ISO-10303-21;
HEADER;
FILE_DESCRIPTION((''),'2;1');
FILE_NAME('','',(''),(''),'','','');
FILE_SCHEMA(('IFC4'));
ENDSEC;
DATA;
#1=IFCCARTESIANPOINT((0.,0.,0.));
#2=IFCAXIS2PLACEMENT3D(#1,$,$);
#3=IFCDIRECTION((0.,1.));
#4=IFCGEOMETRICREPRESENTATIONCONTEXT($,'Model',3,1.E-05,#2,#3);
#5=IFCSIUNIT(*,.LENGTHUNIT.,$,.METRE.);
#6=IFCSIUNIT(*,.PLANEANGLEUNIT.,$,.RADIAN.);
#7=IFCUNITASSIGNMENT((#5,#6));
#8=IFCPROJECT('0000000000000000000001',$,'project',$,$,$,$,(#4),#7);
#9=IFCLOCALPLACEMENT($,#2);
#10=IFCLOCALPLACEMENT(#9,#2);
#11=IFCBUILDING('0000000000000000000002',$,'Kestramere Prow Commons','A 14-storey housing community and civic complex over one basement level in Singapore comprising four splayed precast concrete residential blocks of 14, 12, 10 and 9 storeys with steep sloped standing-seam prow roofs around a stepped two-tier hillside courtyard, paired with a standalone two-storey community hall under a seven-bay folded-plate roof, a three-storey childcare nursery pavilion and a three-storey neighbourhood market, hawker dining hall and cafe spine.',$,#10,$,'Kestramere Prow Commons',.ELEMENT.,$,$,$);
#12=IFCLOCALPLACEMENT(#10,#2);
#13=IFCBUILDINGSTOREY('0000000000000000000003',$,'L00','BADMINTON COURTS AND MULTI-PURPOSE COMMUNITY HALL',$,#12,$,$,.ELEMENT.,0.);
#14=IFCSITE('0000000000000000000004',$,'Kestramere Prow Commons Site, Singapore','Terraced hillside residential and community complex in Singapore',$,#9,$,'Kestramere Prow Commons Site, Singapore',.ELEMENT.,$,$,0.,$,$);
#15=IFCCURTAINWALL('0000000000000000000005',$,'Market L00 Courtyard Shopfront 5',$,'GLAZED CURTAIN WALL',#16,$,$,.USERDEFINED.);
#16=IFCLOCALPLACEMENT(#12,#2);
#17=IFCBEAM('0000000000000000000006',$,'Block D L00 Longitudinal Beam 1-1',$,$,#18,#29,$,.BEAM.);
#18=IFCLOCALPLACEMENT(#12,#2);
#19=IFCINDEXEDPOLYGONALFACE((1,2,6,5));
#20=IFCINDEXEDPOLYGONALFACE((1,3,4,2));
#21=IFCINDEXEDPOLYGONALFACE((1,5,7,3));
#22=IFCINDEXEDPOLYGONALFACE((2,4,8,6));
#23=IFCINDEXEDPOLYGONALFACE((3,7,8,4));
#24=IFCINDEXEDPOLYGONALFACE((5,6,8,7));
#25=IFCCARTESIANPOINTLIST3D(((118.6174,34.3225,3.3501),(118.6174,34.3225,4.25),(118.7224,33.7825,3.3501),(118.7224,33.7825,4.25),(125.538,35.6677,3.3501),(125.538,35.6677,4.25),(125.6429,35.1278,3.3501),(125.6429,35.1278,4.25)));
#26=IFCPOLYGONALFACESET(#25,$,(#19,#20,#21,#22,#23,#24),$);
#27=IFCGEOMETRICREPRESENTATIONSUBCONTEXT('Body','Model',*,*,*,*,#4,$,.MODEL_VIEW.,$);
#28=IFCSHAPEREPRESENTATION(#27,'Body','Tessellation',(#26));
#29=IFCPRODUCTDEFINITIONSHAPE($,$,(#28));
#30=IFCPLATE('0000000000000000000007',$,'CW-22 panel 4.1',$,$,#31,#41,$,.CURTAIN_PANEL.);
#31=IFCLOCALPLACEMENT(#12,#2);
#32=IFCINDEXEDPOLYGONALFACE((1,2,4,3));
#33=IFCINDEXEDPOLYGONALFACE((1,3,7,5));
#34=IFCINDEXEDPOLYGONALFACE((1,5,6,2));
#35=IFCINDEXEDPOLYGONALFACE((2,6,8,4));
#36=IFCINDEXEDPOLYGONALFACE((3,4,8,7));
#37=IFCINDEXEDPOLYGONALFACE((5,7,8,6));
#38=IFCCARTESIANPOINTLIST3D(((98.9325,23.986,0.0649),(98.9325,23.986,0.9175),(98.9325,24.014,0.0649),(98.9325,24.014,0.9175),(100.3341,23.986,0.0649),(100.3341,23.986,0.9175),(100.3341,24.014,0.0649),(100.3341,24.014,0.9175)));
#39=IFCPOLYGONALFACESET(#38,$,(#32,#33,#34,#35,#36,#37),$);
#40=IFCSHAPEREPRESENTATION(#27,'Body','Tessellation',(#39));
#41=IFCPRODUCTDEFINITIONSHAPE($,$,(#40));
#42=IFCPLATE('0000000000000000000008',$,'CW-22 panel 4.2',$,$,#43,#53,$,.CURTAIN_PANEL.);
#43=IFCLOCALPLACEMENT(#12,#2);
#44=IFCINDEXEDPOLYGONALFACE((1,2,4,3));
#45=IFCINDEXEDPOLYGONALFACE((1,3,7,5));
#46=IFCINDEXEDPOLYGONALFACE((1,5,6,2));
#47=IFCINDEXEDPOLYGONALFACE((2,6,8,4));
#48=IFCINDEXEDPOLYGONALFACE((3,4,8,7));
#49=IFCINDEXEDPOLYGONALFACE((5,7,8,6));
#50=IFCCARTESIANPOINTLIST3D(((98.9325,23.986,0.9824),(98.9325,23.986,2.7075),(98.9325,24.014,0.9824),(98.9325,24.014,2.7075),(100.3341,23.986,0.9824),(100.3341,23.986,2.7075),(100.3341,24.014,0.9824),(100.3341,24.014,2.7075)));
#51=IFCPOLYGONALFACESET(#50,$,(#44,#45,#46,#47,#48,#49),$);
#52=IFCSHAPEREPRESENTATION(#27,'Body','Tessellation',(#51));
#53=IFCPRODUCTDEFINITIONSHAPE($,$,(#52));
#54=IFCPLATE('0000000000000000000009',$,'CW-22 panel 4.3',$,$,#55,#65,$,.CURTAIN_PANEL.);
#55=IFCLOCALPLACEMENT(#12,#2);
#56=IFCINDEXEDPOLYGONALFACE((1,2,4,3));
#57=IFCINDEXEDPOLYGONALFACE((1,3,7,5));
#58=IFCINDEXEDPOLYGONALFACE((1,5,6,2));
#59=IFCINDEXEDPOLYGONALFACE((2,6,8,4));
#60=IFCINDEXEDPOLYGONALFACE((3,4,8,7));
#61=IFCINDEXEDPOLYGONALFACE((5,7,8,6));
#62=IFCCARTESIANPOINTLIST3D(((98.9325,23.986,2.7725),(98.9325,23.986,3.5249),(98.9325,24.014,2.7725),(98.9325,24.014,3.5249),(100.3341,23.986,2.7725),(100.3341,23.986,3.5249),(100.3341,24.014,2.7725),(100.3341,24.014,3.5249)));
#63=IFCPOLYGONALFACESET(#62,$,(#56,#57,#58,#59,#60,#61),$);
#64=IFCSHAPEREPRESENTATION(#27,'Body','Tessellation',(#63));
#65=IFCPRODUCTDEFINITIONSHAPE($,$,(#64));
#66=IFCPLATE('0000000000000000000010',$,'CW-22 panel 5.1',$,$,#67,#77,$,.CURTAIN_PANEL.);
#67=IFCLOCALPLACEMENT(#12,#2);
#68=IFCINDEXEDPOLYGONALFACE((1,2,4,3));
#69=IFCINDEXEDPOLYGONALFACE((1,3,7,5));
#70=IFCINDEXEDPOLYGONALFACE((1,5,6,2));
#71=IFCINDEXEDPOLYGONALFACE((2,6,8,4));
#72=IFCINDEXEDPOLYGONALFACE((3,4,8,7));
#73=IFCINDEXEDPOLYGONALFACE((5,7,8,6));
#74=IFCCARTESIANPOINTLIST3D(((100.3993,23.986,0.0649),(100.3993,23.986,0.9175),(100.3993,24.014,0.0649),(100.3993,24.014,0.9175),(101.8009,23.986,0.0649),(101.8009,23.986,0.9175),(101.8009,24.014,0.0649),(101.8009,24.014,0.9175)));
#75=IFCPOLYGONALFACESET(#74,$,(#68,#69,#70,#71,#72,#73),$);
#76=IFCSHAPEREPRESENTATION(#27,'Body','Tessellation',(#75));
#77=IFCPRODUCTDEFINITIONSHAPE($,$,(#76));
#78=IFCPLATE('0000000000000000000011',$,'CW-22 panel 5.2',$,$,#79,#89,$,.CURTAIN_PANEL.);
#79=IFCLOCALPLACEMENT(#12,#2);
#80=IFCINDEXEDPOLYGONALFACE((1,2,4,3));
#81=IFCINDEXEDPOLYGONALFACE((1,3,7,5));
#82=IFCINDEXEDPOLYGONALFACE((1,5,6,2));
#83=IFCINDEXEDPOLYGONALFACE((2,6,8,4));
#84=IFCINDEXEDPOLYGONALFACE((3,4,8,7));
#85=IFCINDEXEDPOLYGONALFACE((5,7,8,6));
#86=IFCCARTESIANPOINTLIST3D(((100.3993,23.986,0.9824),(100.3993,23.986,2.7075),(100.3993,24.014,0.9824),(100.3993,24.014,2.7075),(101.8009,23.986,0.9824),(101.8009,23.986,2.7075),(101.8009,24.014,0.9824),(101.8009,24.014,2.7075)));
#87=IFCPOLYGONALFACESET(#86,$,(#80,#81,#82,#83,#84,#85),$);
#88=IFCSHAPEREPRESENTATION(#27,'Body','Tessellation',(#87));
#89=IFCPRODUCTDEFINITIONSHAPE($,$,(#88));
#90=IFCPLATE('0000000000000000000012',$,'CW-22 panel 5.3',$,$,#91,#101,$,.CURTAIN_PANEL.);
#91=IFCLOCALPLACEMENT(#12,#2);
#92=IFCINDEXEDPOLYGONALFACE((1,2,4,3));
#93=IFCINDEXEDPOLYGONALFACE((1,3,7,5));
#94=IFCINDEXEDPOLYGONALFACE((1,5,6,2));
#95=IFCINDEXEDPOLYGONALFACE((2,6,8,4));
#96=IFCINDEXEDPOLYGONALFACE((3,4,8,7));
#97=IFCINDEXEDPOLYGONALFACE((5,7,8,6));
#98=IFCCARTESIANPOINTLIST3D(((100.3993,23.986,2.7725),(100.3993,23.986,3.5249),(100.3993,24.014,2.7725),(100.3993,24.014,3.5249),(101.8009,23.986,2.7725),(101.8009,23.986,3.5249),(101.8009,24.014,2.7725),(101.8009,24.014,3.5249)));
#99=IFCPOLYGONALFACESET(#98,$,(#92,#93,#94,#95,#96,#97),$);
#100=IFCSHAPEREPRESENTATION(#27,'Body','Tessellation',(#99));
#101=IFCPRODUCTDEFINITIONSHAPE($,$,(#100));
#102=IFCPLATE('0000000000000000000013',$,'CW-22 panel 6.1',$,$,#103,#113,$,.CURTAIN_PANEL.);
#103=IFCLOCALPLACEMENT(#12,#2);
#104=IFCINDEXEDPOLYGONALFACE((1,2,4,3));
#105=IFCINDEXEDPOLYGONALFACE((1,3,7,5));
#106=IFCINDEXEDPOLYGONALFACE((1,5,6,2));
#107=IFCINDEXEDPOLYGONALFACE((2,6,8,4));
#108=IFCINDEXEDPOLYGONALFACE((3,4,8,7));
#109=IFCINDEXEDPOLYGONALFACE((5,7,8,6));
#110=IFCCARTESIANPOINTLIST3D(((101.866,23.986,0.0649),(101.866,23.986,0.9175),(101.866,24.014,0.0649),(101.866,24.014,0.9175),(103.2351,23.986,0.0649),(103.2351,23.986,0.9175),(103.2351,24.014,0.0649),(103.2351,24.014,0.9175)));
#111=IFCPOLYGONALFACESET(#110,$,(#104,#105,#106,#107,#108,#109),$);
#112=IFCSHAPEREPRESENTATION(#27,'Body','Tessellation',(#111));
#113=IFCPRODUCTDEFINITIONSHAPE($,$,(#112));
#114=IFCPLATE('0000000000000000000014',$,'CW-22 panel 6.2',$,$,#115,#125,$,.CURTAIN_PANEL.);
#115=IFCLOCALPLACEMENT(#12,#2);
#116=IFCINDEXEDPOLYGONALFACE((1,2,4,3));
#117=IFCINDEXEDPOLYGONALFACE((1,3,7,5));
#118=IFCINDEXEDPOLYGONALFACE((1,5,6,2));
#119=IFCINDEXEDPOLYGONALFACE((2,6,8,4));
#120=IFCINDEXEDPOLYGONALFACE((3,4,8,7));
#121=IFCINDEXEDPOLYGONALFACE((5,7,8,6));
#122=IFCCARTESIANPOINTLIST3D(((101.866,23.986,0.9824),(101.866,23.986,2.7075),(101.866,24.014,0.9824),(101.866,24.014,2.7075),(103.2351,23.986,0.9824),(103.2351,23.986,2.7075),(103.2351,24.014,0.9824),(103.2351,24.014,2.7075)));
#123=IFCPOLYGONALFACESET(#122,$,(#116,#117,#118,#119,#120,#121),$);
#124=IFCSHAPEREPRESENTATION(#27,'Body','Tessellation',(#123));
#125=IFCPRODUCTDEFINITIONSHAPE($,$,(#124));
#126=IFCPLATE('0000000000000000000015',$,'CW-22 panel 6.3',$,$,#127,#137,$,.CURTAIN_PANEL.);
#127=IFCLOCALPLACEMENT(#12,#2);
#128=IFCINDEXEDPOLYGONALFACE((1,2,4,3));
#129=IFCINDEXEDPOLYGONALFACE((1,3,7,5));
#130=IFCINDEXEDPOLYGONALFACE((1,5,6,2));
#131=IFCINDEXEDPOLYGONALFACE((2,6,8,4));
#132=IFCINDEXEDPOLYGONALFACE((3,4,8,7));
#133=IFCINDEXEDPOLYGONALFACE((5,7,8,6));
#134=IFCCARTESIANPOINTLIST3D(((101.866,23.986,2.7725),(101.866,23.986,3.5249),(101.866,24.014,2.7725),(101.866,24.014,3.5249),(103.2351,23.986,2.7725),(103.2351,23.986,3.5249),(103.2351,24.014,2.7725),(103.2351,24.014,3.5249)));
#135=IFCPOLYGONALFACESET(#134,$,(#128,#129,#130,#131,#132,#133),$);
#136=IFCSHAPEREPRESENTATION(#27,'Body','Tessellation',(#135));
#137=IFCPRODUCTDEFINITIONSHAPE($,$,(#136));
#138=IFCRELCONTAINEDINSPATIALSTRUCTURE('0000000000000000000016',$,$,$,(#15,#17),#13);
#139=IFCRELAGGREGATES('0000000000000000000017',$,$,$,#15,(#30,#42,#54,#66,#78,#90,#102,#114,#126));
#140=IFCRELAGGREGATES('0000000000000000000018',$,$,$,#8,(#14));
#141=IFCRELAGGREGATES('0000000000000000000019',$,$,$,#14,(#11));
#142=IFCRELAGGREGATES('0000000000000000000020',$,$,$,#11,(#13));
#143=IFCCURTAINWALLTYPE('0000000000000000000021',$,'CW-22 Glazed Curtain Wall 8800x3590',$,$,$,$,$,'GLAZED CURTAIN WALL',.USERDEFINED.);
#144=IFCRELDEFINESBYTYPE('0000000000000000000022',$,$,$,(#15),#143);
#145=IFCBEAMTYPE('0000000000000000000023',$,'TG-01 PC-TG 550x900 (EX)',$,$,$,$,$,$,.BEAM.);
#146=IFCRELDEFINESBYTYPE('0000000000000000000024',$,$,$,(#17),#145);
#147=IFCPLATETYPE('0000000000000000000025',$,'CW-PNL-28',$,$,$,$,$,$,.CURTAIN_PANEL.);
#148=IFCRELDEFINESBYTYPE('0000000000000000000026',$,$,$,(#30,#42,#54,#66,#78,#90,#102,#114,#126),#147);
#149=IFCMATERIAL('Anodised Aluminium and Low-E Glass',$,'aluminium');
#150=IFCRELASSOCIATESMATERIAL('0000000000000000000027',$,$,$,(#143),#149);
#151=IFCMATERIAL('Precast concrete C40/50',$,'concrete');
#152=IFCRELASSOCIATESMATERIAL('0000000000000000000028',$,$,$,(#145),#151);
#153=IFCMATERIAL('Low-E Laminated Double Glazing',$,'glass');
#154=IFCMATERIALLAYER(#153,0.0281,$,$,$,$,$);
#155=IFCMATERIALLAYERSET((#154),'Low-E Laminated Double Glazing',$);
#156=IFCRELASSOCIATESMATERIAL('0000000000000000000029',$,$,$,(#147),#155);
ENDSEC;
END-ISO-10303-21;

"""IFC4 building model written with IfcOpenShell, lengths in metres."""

from ifc_helpers import new_model, si_unit, direction, frame, origin, origin_2d, place, context, subcontext, project, spatial, rectangle, extrude, material, layer, layer_set, material_profile, profile_set, type_object, element, aggregate, save


model = new_model("IFC4")

# Units and contexts
model_context = context("Model", 3, precision=1e-05, world=origin(), true_north=direction((0.0, 1.0)))
body_context = subcontext(model_context, "Body", "Model", "MODEL_VIEW")
ifc_project = project(units=[si_unit("LENGTHUNIT", "METRE"), si_unit("PLANEANGLEUNIT", "RADIAN")], contexts=[model_context])

# Site, building, storey
site_placement = place(None, origin())
site = spatial("IfcSite", under=ifc_project, at=site_placement, Name="Kestramere Prow Commons Site, Singapore", Description="Terraced hillside residential and community complex in Singapore", LongName="Kestramere Prow Commons Site, Singapore", CompositionType="ELEMENT", RefElevation=0.0)
building_placement = place(site_placement, origin())
building = spatial("IfcBuilding", under=site, at=building_placement, Name="Kestramere Prow Commons", Description="A 14-storey housing community and civic complex over one basement level in Singapore comprising four splayed precast concrete residential blocks of 14, 12, 10 and 9 storeys with steep sloped standing-seam prow roofs around a stepped two-tier hillside courtyard, paired with a standalone two-storey community hall under a seven-bay folded-plate roof, a three-storey childcare nursery pavilion and a three-storey neighbourhood market, hawker dining hall and cafe spine.", LongName="Kestramere Prow Commons", CompositionType="ELEMENT")
storey_placement = place(building_placement, origin())
storey = spatial("IfcBuildingStorey", under=building, at=storey_placement, Name="L00", Description="BADMINTON COURTS AND MULTI-PURPOSE COMMUNITY HALL", CompositionType="ELEMENT", Elevation=0.0)

# Shared definitions
ifc_material_1 = material(Name="Precast concrete C40/50", Category="concrete")

# Curtain wall
ifc_material_2 = material(Name="Anodised Aluminium and Low-E Glass", Category="aluminium")
curtain_wall_type = type_object("IfcCurtainWallType", Name="CW-22 Glazed Curtain Wall 8800x3590", ElementType="GLAZED CURTAIN WALL", PredefinedType="USERDEFINED", material=ifc_material_2)
curtain_wall_placement = place(storey_placement, origin())
curtain_wall = element("IfcCurtainWall", 1, at=curtain_wall_placement, inside=storey, type_object=curtain_wall_type, Name="Market L00 Courtyard Shopfront 5", ObjectType="GLAZED CURTAIN WALL", PredefinedType="USERDEFINED")

# Beam
ifc_material_profile_1 = material_profile(ifc_material_1, rectangle(XDim=0.55, YDim=0.8999, at=origin_2d()), Name="PC-TG 550x900")
ifc_profile_set_1 = profile_set([ifc_material_profile_1], Name="Precast concrete C40/50")
beam_type_1 = type_object("IfcBeamType", Name="TG-01 PC-TG 550x900 (EX)", PredefinedType="BEAM", material=ifc_profile_set_1)
beam_1_placement = place(storey_placement, frame((118.6699, 34.0525, 3.8), z_axis=(0.981627, 0.190812, 0.0), x_axis=(-0.190812, 0.981627, 0.0)))
element("IfcBeam", 2, at=beam_1_placement, inside=storey, type_object=beam_type_1, Name="Block D L00 Longitudinal Beam 1-1", PredefinedType="BEAM", context=body_context, shape_type="SweptSolid", body=[
    extrude(rectangle(XDim=0.55, YDim=0.8999, at=origin_2d()), origin(), (0.0, 0.0, 1.0), 7.05),
])

# Plates
ifc_material_3 = material(Name="Low-E Laminated Double Glazing", Category="glass")
ifc_layer_1 = layer(ifc_material_3, 0.0281)
ifc_layer_set_1 = layer_set([ifc_layer_1], Name="Low-E Laminated Double Glazing")
plate_type = type_object("IfcPlateType", Name="CW-PNL-28", PredefinedType="CURTAIN_PANEL", material=ifc_layer_set_1)
plate_1_placement = place(storey_placement, frame((99.6333, 24.0, 0.0649), z_axis=(0.0, 0.0, 1.0), x_axis=(1.0, 0.0, 0.0)))
plate_1 = element("IfcPlate", 3, at=plate_1_placement, type_object=plate_type, Name="CW-22 panel 4.1", PredefinedType="CURTAIN_PANEL", context=body_context, shape_type="SweptSolid", body=[
    extrude(rectangle(XDim=1.4016, YDim=0.0281, at=origin_2d()), origin(), (0.0, 0.0, 1.0), 0.8525),
])
plate_2_placement = place(storey_placement, frame((99.6333, 24.0, 0.9824), z_axis=(0.0, 0.0, 1.0), x_axis=(1.0, 0.0, 0.0)))
plate_2 = element("IfcPlate", 4, at=plate_2_placement, type_object=plate_type, Name="CW-22 panel 4.2", PredefinedType="CURTAIN_PANEL", context=body_context, shape_type="SweptSolid", body=[
    extrude(rectangle(XDim=1.4016, YDim=0.0281, at=origin_2d()), origin(), (0.0, 0.0, 1.0), 1.7251),
])
plate_3_placement = place(storey_placement, frame((99.6333, 24.0, 2.7725), z_axis=(0.0, 0.0, 1.0), x_axis=(1.0, 0.0, 0.0)))
plate_3 = element("IfcPlate", 5, at=plate_3_placement, type_object=plate_type, Name="CW-22 panel 4.3", PredefinedType="CURTAIN_PANEL", context=body_context, shape_type="SweptSolid", body=[
    extrude(rectangle(XDim=1.4016, YDim=0.0281, at=origin_2d()), origin(), (0.0, 0.0, 1.0), 0.7524),
])
plate_4_placement = place(storey_placement, frame((101.1001, 24.0, 0.0649), z_axis=(0.0, 0.0, 1.0), x_axis=(1.0, 0.0, 0.0)))
plate_4 = element("IfcPlate", 6, at=plate_4_placement, type_object=plate_type, Name="CW-22 panel 5.1", PredefinedType="CURTAIN_PANEL", context=body_context, shape_type="SweptSolid", body=[
    extrude(rectangle(XDim=1.4016, YDim=0.0281, at=origin_2d()), origin(), (0.0, 0.0, 1.0), 0.8525),
])
plate_5_placement = place(storey_placement, frame((101.1001, 24.0, 0.9824), z_axis=(0.0, 0.0, 1.0), x_axis=(1.0, 0.0, 0.0)))
plate_5 = element("IfcPlate", 7, at=plate_5_placement, type_object=plate_type, Name="CW-22 panel 5.2", PredefinedType="CURTAIN_PANEL", context=body_context, shape_type="SweptSolid", body=[
    extrude(rectangle(XDim=1.4016, YDim=0.0281, at=origin_2d()), origin(), (0.0, 0.0, 1.0), 1.7251),
])
plate_6_placement = place(storey_placement, frame((101.1001, 24.0, 2.7725), z_axis=(0.0, 0.0, 1.0), x_axis=(1.0, 0.0, 0.0)))
plate_6 = element("IfcPlate", 8, at=plate_6_placement, type_object=plate_type, Name="CW-22 panel 5.3", PredefinedType="CURTAIN_PANEL", context=body_context, shape_type="SweptSolid", body=[
    extrude(rectangle(XDim=1.4016, YDim=0.0281, at=origin_2d()), origin(), (0.0, 0.0, 1.0), 0.7524),
])
plate_7_placement = place(storey_placement, frame((102.5505, 24.0, 0.0649), z_axis=(0.0, 0.0, 1.0), x_axis=(1.0, 0.0, 0.0)))
plate_7 = element("IfcPlate", 9, at=plate_7_placement, type_object=plate_type, Name="CW-22 panel 6.1", PredefinedType="CURTAIN_PANEL", context=body_context, shape_type="SweptSolid", body=[
    extrude(rectangle(XDim=1.3691, YDim=0.0281, at=origin_2d()), origin(), (0.0, 0.0, 1.0), 0.8525),
])
plate_8_placement = place(storey_placement, frame((102.5505, 24.0, 0.9824), z_axis=(0.0, 0.0, 1.0), x_axis=(1.0, 0.0, 0.0)))
plate_8 = element("IfcPlate", 10, at=plate_8_placement, type_object=plate_type, Name="CW-22 panel 6.2", PredefinedType="CURTAIN_PANEL", context=body_context, shape_type="SweptSolid", body=[
    extrude(rectangle(XDim=1.3691, YDim=0.0281, at=origin_2d()), origin(), (0.0, 0.0, 1.0), 1.7251),
])
plate_9_placement = place(storey_placement, frame((102.5505, 24.0, 2.7725), z_axis=(0.0, 0.0, 1.0), x_axis=(1.0, 0.0, 0.0)))
plate_9 = element("IfcPlate", 11, at=plate_9_placement, type_object=plate_type, Name="CW-22 panel 6.3", PredefinedType="CURTAIN_PANEL", context=body_context, shape_type="SweptSolid", body=[
    extrude(rectangle(XDim=1.3691, YDim=0.0281, at=origin_2d()), origin(), (0.0, 0.0, 1.0), 0.7524),
])
aggregate(curtain_wall, [plate_1, plate_2, plate_3, plate_4, plate_5, plate_6, plate_7, plate_8, plate_9])

save(model, "model.ifc")
